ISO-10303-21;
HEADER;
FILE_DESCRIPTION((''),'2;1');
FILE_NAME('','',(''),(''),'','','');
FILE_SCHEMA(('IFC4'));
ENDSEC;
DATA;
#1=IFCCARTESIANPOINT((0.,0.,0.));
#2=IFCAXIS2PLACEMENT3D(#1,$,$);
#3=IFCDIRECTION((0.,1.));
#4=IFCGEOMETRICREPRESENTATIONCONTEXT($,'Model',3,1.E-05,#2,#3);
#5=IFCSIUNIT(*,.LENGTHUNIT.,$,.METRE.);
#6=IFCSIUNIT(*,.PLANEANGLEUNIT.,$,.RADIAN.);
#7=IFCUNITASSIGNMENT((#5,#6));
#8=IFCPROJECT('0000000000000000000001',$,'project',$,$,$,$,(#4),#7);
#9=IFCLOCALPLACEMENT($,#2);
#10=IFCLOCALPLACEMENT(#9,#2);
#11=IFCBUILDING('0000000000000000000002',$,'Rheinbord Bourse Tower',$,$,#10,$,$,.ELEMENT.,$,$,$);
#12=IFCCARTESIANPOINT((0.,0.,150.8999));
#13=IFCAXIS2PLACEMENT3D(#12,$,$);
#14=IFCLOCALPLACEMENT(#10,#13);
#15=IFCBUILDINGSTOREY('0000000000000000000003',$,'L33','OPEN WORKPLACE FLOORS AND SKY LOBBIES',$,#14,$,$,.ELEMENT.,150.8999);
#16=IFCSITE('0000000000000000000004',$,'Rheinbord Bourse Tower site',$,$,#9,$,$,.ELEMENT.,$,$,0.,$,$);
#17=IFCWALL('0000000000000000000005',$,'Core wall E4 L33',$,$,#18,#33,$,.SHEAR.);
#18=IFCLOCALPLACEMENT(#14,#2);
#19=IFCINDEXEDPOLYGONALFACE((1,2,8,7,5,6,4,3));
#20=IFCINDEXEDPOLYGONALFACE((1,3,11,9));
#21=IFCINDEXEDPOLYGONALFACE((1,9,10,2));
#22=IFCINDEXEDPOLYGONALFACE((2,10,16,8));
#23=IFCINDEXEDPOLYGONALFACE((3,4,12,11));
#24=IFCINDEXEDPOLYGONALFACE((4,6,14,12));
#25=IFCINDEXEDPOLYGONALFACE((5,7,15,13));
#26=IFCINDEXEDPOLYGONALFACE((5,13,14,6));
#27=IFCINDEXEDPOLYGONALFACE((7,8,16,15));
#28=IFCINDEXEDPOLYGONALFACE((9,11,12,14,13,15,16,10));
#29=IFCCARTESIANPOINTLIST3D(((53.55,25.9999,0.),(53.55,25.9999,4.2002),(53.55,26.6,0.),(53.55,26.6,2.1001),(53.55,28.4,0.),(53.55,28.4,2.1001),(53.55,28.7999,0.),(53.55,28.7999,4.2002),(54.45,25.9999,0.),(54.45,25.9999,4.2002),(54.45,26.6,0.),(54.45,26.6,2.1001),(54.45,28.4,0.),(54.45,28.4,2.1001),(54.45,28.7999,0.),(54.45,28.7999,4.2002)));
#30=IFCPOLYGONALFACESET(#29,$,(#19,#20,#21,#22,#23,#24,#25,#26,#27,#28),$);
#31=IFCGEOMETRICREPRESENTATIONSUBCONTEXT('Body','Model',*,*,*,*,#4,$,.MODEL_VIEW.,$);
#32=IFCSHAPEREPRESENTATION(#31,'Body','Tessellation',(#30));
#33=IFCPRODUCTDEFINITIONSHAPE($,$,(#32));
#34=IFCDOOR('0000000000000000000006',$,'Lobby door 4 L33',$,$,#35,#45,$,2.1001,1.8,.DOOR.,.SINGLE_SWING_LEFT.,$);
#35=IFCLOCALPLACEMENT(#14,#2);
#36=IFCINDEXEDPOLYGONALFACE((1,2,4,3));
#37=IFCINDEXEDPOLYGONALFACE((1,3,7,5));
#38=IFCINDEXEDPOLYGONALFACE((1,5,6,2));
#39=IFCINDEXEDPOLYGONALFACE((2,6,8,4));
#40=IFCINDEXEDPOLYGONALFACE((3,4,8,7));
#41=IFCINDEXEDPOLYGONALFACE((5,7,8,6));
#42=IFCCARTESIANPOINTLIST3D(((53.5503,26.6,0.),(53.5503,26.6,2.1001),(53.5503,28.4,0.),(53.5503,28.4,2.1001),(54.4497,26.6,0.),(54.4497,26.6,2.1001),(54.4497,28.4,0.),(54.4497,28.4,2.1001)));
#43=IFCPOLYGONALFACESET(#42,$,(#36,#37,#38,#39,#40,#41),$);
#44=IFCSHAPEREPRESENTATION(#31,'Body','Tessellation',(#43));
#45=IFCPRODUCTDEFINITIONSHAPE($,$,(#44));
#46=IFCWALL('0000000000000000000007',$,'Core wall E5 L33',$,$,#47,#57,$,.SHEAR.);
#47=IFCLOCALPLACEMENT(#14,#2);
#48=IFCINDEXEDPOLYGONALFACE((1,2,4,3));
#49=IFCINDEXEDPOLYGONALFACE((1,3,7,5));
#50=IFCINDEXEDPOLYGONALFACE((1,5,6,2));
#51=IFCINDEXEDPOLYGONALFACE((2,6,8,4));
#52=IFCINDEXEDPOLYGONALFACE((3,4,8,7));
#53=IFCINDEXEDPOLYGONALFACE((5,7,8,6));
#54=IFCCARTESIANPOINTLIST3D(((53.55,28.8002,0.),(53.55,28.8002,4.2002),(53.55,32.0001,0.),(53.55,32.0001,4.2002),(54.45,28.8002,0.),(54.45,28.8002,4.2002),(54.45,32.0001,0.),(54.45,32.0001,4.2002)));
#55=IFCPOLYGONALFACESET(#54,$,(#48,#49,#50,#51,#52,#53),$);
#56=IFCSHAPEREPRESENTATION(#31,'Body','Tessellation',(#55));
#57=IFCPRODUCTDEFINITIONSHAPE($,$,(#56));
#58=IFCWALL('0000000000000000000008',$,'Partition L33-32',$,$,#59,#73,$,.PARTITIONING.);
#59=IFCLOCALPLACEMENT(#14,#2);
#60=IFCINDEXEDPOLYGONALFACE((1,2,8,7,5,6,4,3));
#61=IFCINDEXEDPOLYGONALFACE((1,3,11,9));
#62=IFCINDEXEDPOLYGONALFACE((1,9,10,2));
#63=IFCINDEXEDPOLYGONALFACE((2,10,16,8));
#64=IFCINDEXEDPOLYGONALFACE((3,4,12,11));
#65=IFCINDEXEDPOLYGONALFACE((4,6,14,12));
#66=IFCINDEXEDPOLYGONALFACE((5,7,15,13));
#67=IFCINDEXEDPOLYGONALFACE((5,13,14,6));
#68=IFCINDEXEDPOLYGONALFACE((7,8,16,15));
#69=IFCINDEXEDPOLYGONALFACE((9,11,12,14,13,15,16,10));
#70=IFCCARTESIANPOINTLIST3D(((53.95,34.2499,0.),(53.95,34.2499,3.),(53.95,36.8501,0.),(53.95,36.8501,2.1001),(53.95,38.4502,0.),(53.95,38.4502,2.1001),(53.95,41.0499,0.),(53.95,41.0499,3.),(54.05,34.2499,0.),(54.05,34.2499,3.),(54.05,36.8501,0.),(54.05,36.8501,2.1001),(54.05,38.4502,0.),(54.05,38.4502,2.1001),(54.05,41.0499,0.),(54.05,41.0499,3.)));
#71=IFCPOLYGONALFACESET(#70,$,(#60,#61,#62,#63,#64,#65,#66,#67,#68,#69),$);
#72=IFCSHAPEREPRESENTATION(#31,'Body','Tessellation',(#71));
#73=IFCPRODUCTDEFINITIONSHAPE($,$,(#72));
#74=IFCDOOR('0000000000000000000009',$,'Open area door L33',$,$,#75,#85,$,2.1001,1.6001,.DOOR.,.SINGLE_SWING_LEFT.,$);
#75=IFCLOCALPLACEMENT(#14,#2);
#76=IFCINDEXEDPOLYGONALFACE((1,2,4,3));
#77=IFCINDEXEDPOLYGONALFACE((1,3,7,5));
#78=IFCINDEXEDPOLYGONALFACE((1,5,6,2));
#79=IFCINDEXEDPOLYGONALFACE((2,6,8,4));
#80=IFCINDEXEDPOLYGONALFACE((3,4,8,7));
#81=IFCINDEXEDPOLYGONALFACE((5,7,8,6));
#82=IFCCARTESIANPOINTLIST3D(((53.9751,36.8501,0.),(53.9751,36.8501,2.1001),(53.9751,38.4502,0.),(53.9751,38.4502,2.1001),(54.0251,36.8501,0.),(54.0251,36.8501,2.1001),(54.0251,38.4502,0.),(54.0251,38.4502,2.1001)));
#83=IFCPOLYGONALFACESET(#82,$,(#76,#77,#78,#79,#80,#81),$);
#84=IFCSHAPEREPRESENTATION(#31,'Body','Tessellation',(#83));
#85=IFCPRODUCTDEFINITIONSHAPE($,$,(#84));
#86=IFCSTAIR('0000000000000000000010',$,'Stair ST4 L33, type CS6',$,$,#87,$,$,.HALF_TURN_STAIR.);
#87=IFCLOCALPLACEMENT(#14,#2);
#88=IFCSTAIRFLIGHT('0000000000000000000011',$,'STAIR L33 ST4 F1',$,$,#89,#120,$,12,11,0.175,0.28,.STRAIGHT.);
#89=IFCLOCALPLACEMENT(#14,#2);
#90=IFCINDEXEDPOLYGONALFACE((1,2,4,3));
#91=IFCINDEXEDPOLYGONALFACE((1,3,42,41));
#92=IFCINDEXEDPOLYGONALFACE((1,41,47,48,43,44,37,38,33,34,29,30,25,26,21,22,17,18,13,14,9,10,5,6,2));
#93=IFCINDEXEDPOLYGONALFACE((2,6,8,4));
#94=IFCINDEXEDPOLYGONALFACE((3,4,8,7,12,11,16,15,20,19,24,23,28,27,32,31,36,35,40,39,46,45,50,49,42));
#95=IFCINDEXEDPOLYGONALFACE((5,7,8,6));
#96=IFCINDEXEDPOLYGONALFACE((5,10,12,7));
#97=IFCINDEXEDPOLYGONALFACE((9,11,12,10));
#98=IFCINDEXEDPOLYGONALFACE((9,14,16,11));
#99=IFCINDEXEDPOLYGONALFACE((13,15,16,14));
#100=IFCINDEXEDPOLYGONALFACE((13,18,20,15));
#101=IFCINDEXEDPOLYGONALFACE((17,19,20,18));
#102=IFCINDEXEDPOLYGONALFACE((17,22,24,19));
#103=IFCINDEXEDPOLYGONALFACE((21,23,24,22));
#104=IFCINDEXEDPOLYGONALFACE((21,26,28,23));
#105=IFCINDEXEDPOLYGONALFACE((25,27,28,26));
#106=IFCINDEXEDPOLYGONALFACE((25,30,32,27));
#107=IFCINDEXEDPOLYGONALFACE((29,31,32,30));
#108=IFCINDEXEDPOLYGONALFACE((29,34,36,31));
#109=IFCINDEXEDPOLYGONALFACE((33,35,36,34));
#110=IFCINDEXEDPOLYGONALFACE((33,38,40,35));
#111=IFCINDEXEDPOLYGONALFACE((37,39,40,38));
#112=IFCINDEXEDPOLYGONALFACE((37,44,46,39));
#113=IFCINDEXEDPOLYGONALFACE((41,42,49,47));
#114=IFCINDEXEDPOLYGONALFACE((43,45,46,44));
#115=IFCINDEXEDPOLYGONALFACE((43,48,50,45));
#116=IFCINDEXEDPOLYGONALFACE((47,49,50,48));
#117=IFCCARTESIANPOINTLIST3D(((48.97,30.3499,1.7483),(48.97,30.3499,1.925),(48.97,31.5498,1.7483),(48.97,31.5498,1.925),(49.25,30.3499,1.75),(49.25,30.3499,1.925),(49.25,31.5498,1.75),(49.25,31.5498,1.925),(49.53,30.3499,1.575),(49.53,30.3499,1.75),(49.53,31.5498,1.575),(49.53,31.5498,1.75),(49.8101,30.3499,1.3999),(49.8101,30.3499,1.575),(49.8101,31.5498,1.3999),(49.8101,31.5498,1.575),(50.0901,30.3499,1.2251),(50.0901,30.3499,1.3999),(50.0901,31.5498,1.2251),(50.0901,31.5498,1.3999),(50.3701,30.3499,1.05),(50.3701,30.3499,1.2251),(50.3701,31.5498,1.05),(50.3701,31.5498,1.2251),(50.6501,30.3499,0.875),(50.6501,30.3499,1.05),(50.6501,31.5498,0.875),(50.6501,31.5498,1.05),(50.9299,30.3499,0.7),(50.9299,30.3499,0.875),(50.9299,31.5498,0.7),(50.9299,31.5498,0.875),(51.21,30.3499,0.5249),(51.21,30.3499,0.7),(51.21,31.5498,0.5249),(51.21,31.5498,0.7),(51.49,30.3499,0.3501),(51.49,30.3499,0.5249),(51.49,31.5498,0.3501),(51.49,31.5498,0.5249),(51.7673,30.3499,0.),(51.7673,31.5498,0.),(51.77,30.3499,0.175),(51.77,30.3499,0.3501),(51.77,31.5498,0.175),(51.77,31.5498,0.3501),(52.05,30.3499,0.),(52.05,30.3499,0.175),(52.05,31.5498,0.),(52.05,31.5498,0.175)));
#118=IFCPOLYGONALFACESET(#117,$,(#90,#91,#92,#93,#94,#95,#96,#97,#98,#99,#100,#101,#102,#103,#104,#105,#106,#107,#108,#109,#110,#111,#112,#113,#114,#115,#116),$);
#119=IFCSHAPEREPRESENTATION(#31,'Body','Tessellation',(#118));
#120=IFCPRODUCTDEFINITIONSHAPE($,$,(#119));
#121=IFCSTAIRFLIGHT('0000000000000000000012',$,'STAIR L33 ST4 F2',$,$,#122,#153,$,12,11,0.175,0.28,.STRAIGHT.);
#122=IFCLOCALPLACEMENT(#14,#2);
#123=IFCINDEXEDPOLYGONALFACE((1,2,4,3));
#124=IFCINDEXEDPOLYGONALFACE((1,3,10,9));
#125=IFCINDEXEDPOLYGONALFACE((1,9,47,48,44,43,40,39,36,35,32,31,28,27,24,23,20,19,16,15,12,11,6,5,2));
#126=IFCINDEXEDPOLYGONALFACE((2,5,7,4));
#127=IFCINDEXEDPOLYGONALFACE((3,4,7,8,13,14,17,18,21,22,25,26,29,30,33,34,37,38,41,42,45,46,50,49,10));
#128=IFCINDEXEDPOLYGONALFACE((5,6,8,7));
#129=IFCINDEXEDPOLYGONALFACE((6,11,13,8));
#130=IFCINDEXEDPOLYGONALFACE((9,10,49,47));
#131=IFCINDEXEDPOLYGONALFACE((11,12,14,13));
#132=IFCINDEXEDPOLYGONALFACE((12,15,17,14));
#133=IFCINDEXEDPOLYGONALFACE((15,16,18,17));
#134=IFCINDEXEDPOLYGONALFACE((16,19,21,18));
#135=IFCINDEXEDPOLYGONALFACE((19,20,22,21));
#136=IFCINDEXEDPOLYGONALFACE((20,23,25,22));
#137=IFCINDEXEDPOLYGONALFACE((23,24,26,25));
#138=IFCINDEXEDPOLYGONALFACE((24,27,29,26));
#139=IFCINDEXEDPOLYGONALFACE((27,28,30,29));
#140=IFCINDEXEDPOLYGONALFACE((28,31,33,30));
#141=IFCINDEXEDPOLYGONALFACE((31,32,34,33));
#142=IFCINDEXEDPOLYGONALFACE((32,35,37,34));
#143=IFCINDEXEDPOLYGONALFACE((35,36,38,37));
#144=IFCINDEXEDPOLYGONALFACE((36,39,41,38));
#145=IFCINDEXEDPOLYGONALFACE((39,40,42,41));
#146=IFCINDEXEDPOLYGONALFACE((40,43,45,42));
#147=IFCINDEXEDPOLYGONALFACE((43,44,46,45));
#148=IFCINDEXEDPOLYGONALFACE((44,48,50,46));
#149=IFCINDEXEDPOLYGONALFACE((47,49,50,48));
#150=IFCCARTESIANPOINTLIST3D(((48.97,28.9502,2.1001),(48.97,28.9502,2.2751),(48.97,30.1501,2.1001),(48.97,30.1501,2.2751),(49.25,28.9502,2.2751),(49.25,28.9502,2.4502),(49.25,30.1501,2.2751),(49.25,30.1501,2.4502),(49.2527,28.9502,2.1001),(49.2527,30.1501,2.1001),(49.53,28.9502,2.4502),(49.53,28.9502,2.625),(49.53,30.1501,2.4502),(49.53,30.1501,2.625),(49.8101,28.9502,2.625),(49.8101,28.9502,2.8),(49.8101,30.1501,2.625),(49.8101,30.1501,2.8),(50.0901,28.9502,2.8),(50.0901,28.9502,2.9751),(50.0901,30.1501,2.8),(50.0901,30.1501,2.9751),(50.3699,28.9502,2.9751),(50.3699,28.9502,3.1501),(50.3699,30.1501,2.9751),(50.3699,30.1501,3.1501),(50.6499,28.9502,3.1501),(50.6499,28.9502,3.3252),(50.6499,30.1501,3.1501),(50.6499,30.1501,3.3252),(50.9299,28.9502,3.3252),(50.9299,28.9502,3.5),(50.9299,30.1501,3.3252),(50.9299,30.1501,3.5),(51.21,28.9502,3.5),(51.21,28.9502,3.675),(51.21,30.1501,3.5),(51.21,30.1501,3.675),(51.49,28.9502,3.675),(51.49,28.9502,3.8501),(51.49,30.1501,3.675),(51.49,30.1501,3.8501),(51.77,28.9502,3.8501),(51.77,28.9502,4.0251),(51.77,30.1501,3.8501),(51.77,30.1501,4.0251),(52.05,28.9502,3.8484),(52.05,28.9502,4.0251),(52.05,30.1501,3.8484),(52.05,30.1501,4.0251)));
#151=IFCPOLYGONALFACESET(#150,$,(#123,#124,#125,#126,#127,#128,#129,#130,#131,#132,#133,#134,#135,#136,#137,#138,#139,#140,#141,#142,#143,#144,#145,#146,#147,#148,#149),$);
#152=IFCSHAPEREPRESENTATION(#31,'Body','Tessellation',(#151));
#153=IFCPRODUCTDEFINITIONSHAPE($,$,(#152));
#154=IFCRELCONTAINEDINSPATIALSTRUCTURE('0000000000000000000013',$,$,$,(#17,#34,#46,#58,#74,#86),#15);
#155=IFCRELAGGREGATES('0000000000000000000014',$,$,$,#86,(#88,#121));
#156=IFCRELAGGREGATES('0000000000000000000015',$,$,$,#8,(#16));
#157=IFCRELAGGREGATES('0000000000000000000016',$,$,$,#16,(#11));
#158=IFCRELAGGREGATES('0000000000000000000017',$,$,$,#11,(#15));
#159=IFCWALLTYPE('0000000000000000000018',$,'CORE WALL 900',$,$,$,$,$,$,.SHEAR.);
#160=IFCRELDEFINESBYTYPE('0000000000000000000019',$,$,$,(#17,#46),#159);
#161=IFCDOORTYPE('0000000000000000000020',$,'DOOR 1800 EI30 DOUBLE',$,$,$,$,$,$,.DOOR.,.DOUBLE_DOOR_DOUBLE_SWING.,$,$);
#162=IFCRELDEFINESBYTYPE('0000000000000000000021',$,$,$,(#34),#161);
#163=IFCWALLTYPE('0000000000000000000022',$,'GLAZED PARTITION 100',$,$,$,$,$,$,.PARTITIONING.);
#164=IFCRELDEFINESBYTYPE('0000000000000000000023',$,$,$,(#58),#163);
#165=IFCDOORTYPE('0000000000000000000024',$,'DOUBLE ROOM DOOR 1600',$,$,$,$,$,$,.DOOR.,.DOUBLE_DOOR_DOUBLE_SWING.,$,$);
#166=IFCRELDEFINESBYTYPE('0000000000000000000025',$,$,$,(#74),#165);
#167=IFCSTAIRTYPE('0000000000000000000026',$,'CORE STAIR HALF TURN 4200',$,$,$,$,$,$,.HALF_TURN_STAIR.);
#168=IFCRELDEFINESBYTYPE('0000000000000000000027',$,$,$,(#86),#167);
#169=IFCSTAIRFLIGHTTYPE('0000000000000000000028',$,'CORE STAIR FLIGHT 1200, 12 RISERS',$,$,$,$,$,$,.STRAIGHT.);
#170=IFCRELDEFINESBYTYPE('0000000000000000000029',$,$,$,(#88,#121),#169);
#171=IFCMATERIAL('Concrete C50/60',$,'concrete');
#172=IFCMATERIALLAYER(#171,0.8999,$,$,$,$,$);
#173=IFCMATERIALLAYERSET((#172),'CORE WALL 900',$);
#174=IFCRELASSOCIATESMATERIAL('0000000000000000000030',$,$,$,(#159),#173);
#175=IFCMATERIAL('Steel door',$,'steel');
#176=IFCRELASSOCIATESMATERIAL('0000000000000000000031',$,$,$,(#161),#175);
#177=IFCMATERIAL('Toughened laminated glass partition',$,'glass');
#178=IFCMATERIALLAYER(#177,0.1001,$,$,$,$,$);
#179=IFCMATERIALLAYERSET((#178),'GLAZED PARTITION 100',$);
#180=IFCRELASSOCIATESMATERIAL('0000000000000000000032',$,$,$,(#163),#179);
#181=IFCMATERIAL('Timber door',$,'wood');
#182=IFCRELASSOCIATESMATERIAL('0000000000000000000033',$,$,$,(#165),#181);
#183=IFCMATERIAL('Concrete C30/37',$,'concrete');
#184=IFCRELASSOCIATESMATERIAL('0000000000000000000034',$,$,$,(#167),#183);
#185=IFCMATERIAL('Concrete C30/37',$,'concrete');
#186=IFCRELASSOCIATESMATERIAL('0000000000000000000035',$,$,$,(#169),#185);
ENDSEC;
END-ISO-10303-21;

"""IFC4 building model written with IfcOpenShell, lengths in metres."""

from ifc_helpers import new_model, si_unit, direction, frame, frame_2d, origin, place, context, subcontext, project, spatial, polyline, rectangle, outline, extrude, material, layer, layer_set, type_object, element, fill, aggregate, save


model = new_model("IFC4")

# Units and contexts
model_context = context("Model", 3, precision=1e-05, world=origin(), true_north=direction((0.0, 1.0)))
body_context = subcontext(model_context, "Body", "Model", "MODEL_VIEW")
ifc_project = project(units=[si_unit("LENGTHUNIT", "METRE"), si_unit("PLANEANGLEUNIT", "RADIAN")], contexts=[model_context])

# Site, building, storey
site_placement = place(None, origin())
site = spatial("IfcSite", under=ifc_project, at=site_placement, Name="Rheinbord Bourse Tower site", CompositionType="ELEMENT", RefElevation=0.0)
building_placement = place(site_placement, origin())
building = spatial("IfcBuilding", under=site, at=building_placement, Name="Rheinbord Bourse Tower", CompositionType="ELEMENT")
storey_placement = place(building_placement, frame((0.0, 0.0, 150.8999)))
storey = spatial("IfcBuildingStorey", under=building, at=storey_placement, Name="L33", Description="OPEN WORKPLACE FLOORS AND SKY LOBBIES", CompositionType="ELEMENT", Elevation=150.8999)

# Shared definitions
ifc_material_1 = material(Name="Concrete C50/60", Category="concrete")
ifc_layer_1 = layer(ifc_material_1, 0.8999)
ifc_layer_set_1 = layer_set([ifc_layer_1], Name="CORE WALL 900")
wall_type_1 = type_object("IfcWallType", Name="CORE WALL 900", PredefinedType="SHEAR", material=ifc_layer_set_1)

# Wall, opening, door
wall_1_placement = place(storey_placement, frame((54.0, 26.0, 0.0), z_axis=(0.0, 0.0, 1.0), x_axis=(0.0, 1.0, 0.0)))
wall_1 = element("IfcWall", 1, at=wall_1_placement, inside=storey, type_object=wall_type_1, Name="Core wall E4 L33", PredefinedType="SHEAR", context=body_context, shape_type="SweptSolid", body=[
    extrude(rectangle(XDim=2.8, YDim=0.8999, at=frame_2d((1.3999, 0.0))), origin(), (0.0, 0.0, 1.0), 4.2002),
])
opening_1_placement = place(wall_1_placement, frame((0.6001, 0.0, 0.0)))
opening_1 = element("IfcOpeningElement", 2, at=opening_1_placement, cuts=wall_1, PredefinedType="OPENING", context=body_context, shape_type="SweptSolid", body=[
    extrude(rectangle(XDim=1.8, YDim=2.1001, at=frame_2d((0.8999, 1.05))), frame((0.0, 0.46, 0.0), z_axis=(0.0, -1.0, 0.0), x_axis=(1.0, 0.0, 0.0)), (0.0, 0.0, 1.0), 0.9199),
])
ifc_material_2 = material(Name="Steel door", Category="steel")
door_type_1 = type_object("IfcDoorType", Name="DOOR 1800 EI30 DOUBLE", OperationType="DOUBLE_DOOR_DOUBLE_SWING", PredefinedType="DOOR", material=ifc_material_2)
door_1_placement = place(opening_1_placement, origin())
door_1 = element("IfcDoor", 3, at=door_1_placement, inside=storey, type_object=door_type_1, Name="Lobby door 4 L33", OperationType="SINGLE_SWING_LEFT", OverallHeight=2.1001, OverallWidth=1.8, PredefinedType="DOOR", context=body_context, shape_type="SweptSolid", body=[
    extrude(rectangle(XDim=1.8, YDim=2.1001, at=frame_2d((0.8999, 1.05))), frame((0.0, 0.4497, 0.0), z_axis=(0.0, -1.0, 0.0), x_axis=(1.0, 0.0, 0.0)), (0.0, 0.0, 1.0), 0.8994),
])
fill(opening_1, door_1)

# Wall
wall_2_placement = place(storey_placement, frame((54.0, 28.8, 0.0), z_axis=(0.0, 0.0, 1.0), x_axis=(0.0, 1.0, 0.0)))
element("IfcWall", 4, at=wall_2_placement, inside=storey, type_object=wall_type_1, Name="Core wall E5 L33", PredefinedType="SHEAR", context=body_context, shape_type="SweptSolid", body=[
    extrude(rectangle(XDim=3.2, YDim=0.8999, at=frame_2d((1.6001, 0.0))), origin(), (0.0, 0.0, 1.0), 4.2002),
])

# Wall, opening, door
ifc_material_3 = material(Name="Toughened laminated glass partition", Category="glass")
ifc_layer_2 = layer(ifc_material_3, 0.1001)
ifc_layer_set_2 = layer_set([ifc_layer_2], Name="GLAZED PARTITION 100")
wall_type_2 = type_object("IfcWallType", Name="GLAZED PARTITION 100", PredefinedType="PARTITIONING", material=ifc_layer_set_2)
wall_3_placement = place(storey_placement, frame((54.0, 34.25, 0.0), z_axis=(0.0, 0.0, 1.0), x_axis=(0.0, 1.0, 0.0)))
wall_3 = element("IfcWall", 5, at=wall_3_placement, inside=storey, type_object=wall_type_2, Name="Partition L33-32", PredefinedType="PARTITIONING", context=body_context, shape_type="SweptSolid", body=[
    extrude(rectangle(XDim=6.8, YDim=0.1001, at=frame_2d((3.3999, 0.0))), origin(), (0.0, 0.0, 1.0), 3.0),
])
opening_2_placement = place(wall_3_placement, frame((2.6001, 0.0, 0.0)))
opening_2 = element("IfcOpeningElement", 6, at=opening_2_placement, cuts=wall_3, PredefinedType="OPENING", context=body_context, shape_type="SweptSolid", body=[
    extrude(rectangle(XDim=1.6001, YDim=2.1001, at=frame_2d((0.8, 1.05))), frame((0.0, 0.0601, 0.0), z_axis=(0.0, -1.0, 0.0), x_axis=(1.0, 0.0, 0.0)), (0.0, 0.0, 1.0), 0.1201),
])
ifc_material_4 = material(Name="Timber door", Category="wood")
door_type_2 = type_object("IfcDoorType", Name="DOUBLE ROOM DOOR 1600", OperationType="DOUBLE_DOOR_DOUBLE_SWING", PredefinedType="DOOR", material=ifc_material_4)
door_2_placement = place(opening_2_placement, origin())
door_2 = element("IfcDoor", 7, at=door_2_placement, inside=storey, type_object=door_type_2, Name="Open area door L33", OperationType="SINGLE_SWING_LEFT", OverallHeight=2.1001, OverallWidth=1.6001, PredefinedType="DOOR", context=body_context, shape_type="SweptSolid", body=[
    extrude(rectangle(XDim=1.6001, YDim=2.1001, at=frame_2d((0.8, 1.05))), frame((0.0, 0.0249, 0.0), z_axis=(0.0, -1.0, 0.0), x_axis=(1.0, 0.0, 0.0)), (0.0, 0.0, 1.0), 0.05),
])
fill(opening_2, door_2)

# Stair, stair flights
ifc_material_5 = material(Name="Concrete C30/37", Category="concrete")
stair_type = type_object("IfcStairType", Name="CORE STAIR HALF TURN 4200", PredefinedType="HALF_TURN_STAIR", material=ifc_material_5)
stair_placement = place(storey_placement, origin())
stair = element("IfcStair", 8, at=stair_placement, inside=storey, type_object=stair_type, Name="Stair ST4 L33, type CS6", PredefinedType="HALF_TURN_STAIR")
ifc_material_6 = material(Name="Concrete C30/37", Category="concrete")
stair_flight_type = type_object("IfcStairFlightType", Name="CORE STAIR FLIGHT 1200, 12 RISERS", PredefinedType="STRAIGHT", material=ifc_material_6)
stair_flight_1_placement = place(storey_placement, frame((52.05, 30.95, 0.0), z_axis=(0.0, 0.0, 1.0), x_axis=(-1.0, 0.0, 0.0)))
stair_flight_1 = element("IfcStairFlight", 9, at=stair_flight_1_placement, type_object=stair_flight_type, Name="STAIR L33 ST4 F1", NumberOfRisers=12, NumberOfTreads=11, PredefinedType="STRAIGHT", RiserHeight=0.175, TreadLength=0.28, context=body_context, shape_type="SweptSolid", body=[
    extrude(outline(polyline([(0.0, 0.0), (0.0, 0.175), (0.28, 0.175), (0.28, 0.3501), (0.5601, 0.3501), (0.5601, 0.5249), (0.8401, 0.5249), (0.8401, 0.7), (1.1201, 0.7), (1.1201, 0.875), (1.3999, 0.875), (1.3999, 1.05), (1.6799, 1.05), (1.6799, 1.2251), (1.96, 1.2251), (1.96, 1.3999), (2.24, 1.3999), (2.24, 1.575), (2.52, 1.575), (2.52, 1.75), (2.8, 1.75), (2.8, 1.925), (3.0801, 1.925), (3.0801, 2.1001), (3.0801, 1.7483), (0.2827, 0.0), (0.0, 0.0)])), frame((0.0, 0.6001, 0.0), z_axis=(0.0, -1.0, 0.0), x_axis=(1.0, 0.0, 0.0)), (0.0, 0.0, 1.0), 1.2),
])
stair_flight_2_placement = place(storey_placement, frame((48.97, 29.55, 2.1001), z_axis=(0.0, 0.0, 1.0), x_axis=(1.0, 0.0, 0.0)))
stair_flight_2 = element("IfcStairFlight", 10, at=stair_flight_2_placement, type_object=stair_flight_type, Name="STAIR L33 ST4 F2", NumberOfRisers=12, NumberOfTreads=11, PredefinedType="STRAIGHT", RiserHeight=0.175, TreadLength=0.28, context=body_context, shape_type="SweptSolid", body=[
    extrude(outline(polyline([(0.0, 0.0), (0.0, 0.175), (0.28, 0.175), (0.28, 0.3501), (0.5601, 0.3501), (0.5601, 0.5249), (0.8401, 0.5249), (0.8401, 0.7), (1.1201, 0.7), (1.1201, 0.875), (1.3999, 0.875), (1.3999, 1.05), (1.6799, 1.05), (1.6799, 1.2251), (1.96, 1.2251), (1.96, 1.3999), (2.24, 1.3999), (2.24, 1.575), (2.52, 1.575), (2.52, 1.75), (2.8, 1.75), (2.8, 1.925), (3.0801, 1.925), (3.0801, 2.1001), (3.0801, 1.7483), (0.2827, 0.0), (0.0, 0.0)])), frame((0.0, 0.6001, 0.0), z_axis=(0.0, -1.0, 0.0), x_axis=(1.0, 0.0, 0.0)), (0.0, 0.0, 1.0), 1.2),
])
aggregate(stair, [stair_flight_1, stair_flight_2])

save(model, "model.ifc")
